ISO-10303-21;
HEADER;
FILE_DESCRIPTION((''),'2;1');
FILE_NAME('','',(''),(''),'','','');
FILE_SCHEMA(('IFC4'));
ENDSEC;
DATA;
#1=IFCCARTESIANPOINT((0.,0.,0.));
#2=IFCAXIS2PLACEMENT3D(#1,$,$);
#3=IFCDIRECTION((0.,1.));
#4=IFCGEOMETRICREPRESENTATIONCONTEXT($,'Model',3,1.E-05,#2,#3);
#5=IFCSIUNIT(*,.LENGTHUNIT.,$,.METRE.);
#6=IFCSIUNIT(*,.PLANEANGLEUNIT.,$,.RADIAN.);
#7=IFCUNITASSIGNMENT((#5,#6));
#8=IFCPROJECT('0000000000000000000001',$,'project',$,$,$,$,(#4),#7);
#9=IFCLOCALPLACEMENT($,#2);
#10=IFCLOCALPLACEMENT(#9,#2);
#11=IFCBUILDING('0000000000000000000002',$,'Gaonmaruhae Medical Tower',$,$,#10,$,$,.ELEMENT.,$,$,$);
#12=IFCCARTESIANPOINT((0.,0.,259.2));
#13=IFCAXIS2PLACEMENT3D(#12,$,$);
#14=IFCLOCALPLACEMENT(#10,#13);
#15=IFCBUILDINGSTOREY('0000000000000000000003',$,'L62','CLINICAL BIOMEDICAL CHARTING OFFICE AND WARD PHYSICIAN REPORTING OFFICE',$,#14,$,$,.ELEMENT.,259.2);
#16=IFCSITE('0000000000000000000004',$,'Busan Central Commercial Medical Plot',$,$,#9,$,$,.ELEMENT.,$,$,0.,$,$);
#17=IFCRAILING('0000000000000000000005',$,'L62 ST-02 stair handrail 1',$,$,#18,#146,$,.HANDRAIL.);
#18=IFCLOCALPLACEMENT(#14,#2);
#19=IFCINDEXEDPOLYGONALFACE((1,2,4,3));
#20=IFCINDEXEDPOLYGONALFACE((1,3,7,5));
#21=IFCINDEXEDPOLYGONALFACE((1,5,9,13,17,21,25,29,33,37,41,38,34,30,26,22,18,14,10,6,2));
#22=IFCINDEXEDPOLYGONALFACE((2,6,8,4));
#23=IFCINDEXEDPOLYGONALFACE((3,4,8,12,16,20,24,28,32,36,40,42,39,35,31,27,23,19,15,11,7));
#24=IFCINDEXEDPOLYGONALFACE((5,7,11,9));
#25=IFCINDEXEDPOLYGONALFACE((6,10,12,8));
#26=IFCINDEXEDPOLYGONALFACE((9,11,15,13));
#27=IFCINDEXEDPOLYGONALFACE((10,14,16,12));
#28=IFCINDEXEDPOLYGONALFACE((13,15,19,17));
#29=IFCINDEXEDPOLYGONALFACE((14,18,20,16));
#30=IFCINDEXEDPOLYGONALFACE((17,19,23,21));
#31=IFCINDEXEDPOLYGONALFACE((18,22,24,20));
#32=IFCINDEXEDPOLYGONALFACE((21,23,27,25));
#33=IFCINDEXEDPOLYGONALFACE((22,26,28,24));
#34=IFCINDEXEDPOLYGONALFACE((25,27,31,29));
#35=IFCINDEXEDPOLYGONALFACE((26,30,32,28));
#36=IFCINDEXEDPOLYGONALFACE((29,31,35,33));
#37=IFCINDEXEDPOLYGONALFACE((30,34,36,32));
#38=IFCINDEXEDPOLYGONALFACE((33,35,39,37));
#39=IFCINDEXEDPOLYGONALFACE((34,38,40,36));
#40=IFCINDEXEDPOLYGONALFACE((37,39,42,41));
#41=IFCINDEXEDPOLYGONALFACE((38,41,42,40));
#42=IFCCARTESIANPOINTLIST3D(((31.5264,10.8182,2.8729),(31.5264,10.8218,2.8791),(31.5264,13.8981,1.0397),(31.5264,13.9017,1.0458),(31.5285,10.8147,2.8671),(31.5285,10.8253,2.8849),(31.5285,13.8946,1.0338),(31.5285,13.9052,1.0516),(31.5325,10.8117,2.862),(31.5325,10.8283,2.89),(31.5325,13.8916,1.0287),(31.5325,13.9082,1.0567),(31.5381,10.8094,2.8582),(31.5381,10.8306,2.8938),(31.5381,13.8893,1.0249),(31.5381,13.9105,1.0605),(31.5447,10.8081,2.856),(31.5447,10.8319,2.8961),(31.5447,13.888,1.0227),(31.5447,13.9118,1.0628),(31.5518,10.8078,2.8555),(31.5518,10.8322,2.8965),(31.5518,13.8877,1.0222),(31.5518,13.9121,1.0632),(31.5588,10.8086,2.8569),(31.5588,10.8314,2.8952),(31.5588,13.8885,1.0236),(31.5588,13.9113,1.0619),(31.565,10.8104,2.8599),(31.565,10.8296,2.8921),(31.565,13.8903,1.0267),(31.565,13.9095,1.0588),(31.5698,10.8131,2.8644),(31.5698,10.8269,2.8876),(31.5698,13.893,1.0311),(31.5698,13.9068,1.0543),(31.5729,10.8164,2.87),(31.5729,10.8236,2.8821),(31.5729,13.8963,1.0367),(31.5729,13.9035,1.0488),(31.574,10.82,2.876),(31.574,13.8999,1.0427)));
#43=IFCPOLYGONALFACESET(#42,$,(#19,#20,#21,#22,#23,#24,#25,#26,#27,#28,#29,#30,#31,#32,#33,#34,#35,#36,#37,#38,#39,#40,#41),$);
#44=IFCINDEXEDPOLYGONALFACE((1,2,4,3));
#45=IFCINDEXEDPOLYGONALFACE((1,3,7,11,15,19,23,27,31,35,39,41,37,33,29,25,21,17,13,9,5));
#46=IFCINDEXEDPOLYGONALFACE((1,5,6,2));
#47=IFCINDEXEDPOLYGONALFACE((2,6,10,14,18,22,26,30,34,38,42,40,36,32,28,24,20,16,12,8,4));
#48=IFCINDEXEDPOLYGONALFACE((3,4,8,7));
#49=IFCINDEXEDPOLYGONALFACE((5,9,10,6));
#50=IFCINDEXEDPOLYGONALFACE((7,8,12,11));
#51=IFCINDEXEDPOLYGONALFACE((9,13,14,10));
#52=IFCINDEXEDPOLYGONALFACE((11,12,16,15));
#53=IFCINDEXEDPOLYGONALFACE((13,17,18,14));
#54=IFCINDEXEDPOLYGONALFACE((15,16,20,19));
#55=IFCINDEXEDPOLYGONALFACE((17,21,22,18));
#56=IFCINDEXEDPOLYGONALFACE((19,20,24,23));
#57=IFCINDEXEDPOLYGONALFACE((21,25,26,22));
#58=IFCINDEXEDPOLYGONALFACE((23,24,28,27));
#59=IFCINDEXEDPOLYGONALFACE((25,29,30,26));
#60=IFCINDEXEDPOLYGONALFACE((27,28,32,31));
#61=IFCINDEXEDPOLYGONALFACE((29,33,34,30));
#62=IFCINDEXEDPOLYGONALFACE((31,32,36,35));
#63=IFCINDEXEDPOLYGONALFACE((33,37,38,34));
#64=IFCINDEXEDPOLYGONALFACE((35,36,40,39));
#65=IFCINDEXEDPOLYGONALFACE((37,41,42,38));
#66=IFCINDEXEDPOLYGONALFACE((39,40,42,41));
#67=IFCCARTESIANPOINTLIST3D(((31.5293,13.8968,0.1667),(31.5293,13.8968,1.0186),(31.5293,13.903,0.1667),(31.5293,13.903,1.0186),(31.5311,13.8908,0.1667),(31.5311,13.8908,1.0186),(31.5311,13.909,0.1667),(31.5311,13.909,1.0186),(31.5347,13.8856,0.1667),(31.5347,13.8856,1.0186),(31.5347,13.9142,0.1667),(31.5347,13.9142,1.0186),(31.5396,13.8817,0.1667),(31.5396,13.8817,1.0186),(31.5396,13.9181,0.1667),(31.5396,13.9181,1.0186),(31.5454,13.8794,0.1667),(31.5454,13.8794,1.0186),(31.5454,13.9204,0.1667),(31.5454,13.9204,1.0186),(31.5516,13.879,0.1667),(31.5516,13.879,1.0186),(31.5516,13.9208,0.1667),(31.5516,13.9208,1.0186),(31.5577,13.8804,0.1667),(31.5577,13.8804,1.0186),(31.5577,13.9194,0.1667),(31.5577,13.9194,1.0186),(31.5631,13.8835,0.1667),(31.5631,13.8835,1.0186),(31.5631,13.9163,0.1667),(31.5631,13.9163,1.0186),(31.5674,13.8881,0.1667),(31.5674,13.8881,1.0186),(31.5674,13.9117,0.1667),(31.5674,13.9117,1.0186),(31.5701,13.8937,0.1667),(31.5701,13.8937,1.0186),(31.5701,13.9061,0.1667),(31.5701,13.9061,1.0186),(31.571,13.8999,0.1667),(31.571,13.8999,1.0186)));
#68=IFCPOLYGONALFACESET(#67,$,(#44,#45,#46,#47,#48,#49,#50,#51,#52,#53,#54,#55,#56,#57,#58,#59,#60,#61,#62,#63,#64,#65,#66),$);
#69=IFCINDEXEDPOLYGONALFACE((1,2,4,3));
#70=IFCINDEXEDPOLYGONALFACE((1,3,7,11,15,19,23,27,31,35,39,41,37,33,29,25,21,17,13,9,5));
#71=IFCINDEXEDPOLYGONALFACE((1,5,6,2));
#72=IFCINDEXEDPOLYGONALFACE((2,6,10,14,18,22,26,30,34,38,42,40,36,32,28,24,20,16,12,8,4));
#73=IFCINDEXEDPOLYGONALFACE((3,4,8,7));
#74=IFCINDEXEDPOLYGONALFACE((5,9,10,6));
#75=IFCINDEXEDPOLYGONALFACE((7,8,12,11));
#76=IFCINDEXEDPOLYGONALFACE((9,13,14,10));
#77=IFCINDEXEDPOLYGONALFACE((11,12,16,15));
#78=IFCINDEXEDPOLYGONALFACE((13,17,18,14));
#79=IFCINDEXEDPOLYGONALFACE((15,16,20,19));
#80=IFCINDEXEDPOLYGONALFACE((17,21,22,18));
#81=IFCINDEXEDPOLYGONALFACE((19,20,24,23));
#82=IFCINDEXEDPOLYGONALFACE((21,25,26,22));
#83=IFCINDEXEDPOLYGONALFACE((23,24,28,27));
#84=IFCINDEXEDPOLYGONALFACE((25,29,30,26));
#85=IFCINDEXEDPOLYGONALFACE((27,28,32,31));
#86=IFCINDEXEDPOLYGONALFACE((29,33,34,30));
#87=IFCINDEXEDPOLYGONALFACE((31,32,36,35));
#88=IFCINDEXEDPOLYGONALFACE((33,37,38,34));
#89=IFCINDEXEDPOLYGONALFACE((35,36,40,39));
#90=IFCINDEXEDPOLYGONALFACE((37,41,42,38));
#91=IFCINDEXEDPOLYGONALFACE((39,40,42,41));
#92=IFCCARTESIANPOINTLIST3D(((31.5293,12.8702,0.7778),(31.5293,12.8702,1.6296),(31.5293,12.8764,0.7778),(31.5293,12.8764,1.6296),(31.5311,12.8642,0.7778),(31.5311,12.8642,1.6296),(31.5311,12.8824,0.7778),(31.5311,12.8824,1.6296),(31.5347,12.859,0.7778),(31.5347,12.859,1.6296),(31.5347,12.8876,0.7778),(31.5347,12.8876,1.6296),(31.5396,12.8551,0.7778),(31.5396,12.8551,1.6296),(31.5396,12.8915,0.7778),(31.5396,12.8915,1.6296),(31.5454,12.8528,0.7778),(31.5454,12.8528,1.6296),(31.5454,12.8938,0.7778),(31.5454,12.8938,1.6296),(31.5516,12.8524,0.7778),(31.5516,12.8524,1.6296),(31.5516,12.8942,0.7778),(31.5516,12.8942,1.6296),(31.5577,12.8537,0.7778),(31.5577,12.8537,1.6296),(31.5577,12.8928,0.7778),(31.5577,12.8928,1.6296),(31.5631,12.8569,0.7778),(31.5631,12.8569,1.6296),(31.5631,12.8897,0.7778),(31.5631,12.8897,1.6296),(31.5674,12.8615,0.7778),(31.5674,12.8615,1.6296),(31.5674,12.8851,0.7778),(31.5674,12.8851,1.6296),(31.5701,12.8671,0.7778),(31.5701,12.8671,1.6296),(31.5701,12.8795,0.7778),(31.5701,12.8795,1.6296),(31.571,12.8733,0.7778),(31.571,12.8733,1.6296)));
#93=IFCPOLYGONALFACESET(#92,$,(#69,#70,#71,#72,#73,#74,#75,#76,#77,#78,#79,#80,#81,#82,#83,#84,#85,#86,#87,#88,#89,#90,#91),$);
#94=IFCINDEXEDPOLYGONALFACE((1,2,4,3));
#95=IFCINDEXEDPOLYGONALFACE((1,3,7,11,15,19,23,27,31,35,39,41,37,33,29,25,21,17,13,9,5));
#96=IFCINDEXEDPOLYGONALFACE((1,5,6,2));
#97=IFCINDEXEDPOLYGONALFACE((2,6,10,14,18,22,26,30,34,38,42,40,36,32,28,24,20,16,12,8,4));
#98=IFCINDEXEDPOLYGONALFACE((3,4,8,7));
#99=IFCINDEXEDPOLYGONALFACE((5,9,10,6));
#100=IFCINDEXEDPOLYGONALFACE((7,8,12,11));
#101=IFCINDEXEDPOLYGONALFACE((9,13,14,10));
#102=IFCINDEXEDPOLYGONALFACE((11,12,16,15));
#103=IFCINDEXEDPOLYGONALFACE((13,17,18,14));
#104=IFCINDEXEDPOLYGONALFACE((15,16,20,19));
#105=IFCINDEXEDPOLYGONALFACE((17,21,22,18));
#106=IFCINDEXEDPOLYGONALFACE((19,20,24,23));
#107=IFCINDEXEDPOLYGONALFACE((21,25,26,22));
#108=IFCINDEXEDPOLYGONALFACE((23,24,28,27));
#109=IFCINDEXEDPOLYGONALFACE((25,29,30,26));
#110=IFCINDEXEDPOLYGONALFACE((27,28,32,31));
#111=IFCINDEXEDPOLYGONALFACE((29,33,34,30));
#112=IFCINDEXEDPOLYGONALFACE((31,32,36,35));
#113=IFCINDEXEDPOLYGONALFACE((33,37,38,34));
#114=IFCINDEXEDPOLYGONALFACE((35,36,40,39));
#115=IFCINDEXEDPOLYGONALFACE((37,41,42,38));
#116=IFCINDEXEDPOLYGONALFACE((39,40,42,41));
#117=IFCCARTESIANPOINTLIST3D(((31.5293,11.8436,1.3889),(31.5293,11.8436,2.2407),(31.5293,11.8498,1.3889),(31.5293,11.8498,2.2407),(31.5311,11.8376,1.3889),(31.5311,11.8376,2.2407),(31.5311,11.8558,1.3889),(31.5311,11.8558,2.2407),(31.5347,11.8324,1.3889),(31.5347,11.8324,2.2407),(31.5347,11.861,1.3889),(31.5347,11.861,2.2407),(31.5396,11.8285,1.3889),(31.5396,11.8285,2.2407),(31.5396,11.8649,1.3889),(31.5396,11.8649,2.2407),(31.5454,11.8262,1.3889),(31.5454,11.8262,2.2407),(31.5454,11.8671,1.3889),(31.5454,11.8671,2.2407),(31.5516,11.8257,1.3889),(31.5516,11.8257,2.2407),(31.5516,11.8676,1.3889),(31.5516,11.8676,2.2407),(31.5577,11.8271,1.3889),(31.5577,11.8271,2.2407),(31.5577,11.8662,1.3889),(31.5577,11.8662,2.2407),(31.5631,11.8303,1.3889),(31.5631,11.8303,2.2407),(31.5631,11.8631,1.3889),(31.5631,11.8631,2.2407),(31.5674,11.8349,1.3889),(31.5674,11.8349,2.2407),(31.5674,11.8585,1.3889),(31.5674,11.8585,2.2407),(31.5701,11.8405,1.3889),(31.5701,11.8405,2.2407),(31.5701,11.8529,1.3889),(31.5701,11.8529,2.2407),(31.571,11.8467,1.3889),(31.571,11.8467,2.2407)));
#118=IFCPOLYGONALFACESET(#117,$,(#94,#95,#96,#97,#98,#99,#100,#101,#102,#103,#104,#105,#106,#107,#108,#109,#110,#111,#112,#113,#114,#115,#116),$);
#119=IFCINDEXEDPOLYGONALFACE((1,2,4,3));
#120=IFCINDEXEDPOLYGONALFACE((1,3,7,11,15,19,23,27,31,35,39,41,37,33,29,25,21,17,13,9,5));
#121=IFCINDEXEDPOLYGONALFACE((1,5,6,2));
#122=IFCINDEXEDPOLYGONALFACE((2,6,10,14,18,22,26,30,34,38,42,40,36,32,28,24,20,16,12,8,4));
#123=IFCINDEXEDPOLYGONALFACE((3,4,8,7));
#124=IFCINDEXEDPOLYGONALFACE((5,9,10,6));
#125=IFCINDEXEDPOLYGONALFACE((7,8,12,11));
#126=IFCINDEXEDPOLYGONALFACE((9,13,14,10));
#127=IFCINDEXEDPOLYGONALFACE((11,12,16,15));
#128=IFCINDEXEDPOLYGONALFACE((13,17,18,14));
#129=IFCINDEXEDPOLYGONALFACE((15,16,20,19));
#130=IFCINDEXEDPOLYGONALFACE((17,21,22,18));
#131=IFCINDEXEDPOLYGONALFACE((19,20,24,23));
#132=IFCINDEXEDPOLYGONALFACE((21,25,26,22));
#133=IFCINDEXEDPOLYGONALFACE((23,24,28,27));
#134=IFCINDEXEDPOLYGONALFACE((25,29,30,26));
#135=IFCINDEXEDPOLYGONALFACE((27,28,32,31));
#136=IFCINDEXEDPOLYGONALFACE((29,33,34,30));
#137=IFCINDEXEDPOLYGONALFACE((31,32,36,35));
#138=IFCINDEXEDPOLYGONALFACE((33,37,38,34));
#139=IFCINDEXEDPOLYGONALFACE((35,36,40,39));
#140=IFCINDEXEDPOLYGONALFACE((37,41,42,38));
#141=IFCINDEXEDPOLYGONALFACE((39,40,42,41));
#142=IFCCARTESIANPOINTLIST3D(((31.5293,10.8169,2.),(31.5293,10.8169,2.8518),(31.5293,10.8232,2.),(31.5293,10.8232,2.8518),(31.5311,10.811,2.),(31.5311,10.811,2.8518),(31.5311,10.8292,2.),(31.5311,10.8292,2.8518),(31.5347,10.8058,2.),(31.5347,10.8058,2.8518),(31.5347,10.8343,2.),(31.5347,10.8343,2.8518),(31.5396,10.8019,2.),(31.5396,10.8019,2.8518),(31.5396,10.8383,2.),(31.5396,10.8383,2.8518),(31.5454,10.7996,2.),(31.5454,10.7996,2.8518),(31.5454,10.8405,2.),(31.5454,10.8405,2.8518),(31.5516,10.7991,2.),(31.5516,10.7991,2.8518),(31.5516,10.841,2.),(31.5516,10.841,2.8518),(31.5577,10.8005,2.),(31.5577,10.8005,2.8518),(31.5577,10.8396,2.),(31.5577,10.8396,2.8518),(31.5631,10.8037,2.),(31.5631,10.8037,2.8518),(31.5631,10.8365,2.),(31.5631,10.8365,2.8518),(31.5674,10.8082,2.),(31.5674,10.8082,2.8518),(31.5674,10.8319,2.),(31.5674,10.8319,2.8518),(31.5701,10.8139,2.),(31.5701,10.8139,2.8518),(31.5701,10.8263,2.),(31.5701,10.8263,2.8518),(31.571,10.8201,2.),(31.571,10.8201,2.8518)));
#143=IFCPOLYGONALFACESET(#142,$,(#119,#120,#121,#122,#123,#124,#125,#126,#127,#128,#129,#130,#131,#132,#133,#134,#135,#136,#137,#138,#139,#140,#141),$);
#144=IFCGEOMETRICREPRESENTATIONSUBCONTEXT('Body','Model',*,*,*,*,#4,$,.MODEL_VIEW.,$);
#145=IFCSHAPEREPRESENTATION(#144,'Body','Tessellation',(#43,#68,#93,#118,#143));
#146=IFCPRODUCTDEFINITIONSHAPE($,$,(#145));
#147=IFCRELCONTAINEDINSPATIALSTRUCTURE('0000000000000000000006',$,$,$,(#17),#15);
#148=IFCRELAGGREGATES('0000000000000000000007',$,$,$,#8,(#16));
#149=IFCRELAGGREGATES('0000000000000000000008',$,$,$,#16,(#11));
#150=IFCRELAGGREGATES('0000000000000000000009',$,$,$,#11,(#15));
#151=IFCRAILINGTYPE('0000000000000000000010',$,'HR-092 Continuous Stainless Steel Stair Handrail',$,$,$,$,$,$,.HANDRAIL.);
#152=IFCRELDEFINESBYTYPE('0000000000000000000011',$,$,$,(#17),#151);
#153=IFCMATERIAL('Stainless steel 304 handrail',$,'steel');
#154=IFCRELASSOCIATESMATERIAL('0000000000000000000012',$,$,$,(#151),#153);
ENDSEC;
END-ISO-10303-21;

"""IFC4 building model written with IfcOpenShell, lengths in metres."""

from ifc_helpers import new_model, si_unit, direction, frame, origin, origin_2d, place, context, subcontext, project, spatial, circle, extrude, material, type_object, element, save


model = new_model("IFC4")

# Units and contexts
model_context = context("Model", 3, precision=1e-05, world=origin(), true_north=direction((0.0, 1.0)))
body_context = subcontext(model_context, "Body", "Model", "MODEL_VIEW")
ifc_project = project(units=[si_unit("LENGTHUNIT", "METRE"), si_unit("PLANEANGLEUNIT", "RADIAN")], contexts=[model_context])

# Site, building, storey
site_placement = place(None, origin())
site = spatial("IfcSite", under=ifc_project, at=site_placement, Name="Busan Central Commercial Medical Plot", CompositionType="ELEMENT", RefElevation=0.0)
building_placement = place(site_placement, origin())
building = spatial("IfcBuilding", under=site, at=building_placement, Name="Gaonmaruhae Medical Tower", CompositionType="ELEMENT")
storey_placement = place(building_placement, frame((0.0, 0.0, 259.2)))
storey = spatial("IfcBuildingStorey", under=building, at=storey_placement, Name="L62", Description="CLINICAL BIOMEDICAL CHARTING OFFICE AND WARD PHYSICIAN REPORTING OFFICE", CompositionType="ELEMENT", Elevation=259.2)

# Railing
ifc_material_1 = material(Name="Stainless steel 304 handrail", Category="steel")
railing_type_1 = type_object("IfcRailingType", Name="HR-092 Continuous Stainless Steel Stair Handrail", PredefinedType="HANDRAIL", material=ifc_material_1)
railing_1_placement = place(storey_placement, frame((31.55, 13.8999, 0.1667)))
element("IfcRailing", 1, at=railing_1_placement, inside=storey, type_object=railing_type_1, Name="L62 ST-02 stair handrail 1", PredefinedType="HANDRAIL", context=body_context, shape_type="SweptSolid", body=[
    extrude(circle(Radius=0.0239, at=origin_2d()), frame((0.0, 0.0, 0.876), z_axis=(0.0, -0.859291, 0.511487), x_axis=(1.0, 0.0, 0.0)), (0.0, 0.0, 1.0), 3.5842),
    extrude(circle(Radius=0.021, at=origin_2d()), origin(), (0.0, 0.0, 1.0), 0.8518),
    extrude(circle(Radius=0.021, at=origin_2d()), frame((0.0, -1.0266, 0.6111)), (0.0, 0.0, 1.0), 0.8518),
    extrude(circle(Radius=0.021, at=origin_2d()), frame((0.0, -2.0532, 1.2222)), (0.0, 0.0, 1.0), 0.8518),
    extrude(circle(Radius=0.021, at=origin_2d()), frame((0.0, -3.0798, 1.8333)), (0.0, 0.0, 1.0), 0.8518),
])

save(model, "model.ifc")
